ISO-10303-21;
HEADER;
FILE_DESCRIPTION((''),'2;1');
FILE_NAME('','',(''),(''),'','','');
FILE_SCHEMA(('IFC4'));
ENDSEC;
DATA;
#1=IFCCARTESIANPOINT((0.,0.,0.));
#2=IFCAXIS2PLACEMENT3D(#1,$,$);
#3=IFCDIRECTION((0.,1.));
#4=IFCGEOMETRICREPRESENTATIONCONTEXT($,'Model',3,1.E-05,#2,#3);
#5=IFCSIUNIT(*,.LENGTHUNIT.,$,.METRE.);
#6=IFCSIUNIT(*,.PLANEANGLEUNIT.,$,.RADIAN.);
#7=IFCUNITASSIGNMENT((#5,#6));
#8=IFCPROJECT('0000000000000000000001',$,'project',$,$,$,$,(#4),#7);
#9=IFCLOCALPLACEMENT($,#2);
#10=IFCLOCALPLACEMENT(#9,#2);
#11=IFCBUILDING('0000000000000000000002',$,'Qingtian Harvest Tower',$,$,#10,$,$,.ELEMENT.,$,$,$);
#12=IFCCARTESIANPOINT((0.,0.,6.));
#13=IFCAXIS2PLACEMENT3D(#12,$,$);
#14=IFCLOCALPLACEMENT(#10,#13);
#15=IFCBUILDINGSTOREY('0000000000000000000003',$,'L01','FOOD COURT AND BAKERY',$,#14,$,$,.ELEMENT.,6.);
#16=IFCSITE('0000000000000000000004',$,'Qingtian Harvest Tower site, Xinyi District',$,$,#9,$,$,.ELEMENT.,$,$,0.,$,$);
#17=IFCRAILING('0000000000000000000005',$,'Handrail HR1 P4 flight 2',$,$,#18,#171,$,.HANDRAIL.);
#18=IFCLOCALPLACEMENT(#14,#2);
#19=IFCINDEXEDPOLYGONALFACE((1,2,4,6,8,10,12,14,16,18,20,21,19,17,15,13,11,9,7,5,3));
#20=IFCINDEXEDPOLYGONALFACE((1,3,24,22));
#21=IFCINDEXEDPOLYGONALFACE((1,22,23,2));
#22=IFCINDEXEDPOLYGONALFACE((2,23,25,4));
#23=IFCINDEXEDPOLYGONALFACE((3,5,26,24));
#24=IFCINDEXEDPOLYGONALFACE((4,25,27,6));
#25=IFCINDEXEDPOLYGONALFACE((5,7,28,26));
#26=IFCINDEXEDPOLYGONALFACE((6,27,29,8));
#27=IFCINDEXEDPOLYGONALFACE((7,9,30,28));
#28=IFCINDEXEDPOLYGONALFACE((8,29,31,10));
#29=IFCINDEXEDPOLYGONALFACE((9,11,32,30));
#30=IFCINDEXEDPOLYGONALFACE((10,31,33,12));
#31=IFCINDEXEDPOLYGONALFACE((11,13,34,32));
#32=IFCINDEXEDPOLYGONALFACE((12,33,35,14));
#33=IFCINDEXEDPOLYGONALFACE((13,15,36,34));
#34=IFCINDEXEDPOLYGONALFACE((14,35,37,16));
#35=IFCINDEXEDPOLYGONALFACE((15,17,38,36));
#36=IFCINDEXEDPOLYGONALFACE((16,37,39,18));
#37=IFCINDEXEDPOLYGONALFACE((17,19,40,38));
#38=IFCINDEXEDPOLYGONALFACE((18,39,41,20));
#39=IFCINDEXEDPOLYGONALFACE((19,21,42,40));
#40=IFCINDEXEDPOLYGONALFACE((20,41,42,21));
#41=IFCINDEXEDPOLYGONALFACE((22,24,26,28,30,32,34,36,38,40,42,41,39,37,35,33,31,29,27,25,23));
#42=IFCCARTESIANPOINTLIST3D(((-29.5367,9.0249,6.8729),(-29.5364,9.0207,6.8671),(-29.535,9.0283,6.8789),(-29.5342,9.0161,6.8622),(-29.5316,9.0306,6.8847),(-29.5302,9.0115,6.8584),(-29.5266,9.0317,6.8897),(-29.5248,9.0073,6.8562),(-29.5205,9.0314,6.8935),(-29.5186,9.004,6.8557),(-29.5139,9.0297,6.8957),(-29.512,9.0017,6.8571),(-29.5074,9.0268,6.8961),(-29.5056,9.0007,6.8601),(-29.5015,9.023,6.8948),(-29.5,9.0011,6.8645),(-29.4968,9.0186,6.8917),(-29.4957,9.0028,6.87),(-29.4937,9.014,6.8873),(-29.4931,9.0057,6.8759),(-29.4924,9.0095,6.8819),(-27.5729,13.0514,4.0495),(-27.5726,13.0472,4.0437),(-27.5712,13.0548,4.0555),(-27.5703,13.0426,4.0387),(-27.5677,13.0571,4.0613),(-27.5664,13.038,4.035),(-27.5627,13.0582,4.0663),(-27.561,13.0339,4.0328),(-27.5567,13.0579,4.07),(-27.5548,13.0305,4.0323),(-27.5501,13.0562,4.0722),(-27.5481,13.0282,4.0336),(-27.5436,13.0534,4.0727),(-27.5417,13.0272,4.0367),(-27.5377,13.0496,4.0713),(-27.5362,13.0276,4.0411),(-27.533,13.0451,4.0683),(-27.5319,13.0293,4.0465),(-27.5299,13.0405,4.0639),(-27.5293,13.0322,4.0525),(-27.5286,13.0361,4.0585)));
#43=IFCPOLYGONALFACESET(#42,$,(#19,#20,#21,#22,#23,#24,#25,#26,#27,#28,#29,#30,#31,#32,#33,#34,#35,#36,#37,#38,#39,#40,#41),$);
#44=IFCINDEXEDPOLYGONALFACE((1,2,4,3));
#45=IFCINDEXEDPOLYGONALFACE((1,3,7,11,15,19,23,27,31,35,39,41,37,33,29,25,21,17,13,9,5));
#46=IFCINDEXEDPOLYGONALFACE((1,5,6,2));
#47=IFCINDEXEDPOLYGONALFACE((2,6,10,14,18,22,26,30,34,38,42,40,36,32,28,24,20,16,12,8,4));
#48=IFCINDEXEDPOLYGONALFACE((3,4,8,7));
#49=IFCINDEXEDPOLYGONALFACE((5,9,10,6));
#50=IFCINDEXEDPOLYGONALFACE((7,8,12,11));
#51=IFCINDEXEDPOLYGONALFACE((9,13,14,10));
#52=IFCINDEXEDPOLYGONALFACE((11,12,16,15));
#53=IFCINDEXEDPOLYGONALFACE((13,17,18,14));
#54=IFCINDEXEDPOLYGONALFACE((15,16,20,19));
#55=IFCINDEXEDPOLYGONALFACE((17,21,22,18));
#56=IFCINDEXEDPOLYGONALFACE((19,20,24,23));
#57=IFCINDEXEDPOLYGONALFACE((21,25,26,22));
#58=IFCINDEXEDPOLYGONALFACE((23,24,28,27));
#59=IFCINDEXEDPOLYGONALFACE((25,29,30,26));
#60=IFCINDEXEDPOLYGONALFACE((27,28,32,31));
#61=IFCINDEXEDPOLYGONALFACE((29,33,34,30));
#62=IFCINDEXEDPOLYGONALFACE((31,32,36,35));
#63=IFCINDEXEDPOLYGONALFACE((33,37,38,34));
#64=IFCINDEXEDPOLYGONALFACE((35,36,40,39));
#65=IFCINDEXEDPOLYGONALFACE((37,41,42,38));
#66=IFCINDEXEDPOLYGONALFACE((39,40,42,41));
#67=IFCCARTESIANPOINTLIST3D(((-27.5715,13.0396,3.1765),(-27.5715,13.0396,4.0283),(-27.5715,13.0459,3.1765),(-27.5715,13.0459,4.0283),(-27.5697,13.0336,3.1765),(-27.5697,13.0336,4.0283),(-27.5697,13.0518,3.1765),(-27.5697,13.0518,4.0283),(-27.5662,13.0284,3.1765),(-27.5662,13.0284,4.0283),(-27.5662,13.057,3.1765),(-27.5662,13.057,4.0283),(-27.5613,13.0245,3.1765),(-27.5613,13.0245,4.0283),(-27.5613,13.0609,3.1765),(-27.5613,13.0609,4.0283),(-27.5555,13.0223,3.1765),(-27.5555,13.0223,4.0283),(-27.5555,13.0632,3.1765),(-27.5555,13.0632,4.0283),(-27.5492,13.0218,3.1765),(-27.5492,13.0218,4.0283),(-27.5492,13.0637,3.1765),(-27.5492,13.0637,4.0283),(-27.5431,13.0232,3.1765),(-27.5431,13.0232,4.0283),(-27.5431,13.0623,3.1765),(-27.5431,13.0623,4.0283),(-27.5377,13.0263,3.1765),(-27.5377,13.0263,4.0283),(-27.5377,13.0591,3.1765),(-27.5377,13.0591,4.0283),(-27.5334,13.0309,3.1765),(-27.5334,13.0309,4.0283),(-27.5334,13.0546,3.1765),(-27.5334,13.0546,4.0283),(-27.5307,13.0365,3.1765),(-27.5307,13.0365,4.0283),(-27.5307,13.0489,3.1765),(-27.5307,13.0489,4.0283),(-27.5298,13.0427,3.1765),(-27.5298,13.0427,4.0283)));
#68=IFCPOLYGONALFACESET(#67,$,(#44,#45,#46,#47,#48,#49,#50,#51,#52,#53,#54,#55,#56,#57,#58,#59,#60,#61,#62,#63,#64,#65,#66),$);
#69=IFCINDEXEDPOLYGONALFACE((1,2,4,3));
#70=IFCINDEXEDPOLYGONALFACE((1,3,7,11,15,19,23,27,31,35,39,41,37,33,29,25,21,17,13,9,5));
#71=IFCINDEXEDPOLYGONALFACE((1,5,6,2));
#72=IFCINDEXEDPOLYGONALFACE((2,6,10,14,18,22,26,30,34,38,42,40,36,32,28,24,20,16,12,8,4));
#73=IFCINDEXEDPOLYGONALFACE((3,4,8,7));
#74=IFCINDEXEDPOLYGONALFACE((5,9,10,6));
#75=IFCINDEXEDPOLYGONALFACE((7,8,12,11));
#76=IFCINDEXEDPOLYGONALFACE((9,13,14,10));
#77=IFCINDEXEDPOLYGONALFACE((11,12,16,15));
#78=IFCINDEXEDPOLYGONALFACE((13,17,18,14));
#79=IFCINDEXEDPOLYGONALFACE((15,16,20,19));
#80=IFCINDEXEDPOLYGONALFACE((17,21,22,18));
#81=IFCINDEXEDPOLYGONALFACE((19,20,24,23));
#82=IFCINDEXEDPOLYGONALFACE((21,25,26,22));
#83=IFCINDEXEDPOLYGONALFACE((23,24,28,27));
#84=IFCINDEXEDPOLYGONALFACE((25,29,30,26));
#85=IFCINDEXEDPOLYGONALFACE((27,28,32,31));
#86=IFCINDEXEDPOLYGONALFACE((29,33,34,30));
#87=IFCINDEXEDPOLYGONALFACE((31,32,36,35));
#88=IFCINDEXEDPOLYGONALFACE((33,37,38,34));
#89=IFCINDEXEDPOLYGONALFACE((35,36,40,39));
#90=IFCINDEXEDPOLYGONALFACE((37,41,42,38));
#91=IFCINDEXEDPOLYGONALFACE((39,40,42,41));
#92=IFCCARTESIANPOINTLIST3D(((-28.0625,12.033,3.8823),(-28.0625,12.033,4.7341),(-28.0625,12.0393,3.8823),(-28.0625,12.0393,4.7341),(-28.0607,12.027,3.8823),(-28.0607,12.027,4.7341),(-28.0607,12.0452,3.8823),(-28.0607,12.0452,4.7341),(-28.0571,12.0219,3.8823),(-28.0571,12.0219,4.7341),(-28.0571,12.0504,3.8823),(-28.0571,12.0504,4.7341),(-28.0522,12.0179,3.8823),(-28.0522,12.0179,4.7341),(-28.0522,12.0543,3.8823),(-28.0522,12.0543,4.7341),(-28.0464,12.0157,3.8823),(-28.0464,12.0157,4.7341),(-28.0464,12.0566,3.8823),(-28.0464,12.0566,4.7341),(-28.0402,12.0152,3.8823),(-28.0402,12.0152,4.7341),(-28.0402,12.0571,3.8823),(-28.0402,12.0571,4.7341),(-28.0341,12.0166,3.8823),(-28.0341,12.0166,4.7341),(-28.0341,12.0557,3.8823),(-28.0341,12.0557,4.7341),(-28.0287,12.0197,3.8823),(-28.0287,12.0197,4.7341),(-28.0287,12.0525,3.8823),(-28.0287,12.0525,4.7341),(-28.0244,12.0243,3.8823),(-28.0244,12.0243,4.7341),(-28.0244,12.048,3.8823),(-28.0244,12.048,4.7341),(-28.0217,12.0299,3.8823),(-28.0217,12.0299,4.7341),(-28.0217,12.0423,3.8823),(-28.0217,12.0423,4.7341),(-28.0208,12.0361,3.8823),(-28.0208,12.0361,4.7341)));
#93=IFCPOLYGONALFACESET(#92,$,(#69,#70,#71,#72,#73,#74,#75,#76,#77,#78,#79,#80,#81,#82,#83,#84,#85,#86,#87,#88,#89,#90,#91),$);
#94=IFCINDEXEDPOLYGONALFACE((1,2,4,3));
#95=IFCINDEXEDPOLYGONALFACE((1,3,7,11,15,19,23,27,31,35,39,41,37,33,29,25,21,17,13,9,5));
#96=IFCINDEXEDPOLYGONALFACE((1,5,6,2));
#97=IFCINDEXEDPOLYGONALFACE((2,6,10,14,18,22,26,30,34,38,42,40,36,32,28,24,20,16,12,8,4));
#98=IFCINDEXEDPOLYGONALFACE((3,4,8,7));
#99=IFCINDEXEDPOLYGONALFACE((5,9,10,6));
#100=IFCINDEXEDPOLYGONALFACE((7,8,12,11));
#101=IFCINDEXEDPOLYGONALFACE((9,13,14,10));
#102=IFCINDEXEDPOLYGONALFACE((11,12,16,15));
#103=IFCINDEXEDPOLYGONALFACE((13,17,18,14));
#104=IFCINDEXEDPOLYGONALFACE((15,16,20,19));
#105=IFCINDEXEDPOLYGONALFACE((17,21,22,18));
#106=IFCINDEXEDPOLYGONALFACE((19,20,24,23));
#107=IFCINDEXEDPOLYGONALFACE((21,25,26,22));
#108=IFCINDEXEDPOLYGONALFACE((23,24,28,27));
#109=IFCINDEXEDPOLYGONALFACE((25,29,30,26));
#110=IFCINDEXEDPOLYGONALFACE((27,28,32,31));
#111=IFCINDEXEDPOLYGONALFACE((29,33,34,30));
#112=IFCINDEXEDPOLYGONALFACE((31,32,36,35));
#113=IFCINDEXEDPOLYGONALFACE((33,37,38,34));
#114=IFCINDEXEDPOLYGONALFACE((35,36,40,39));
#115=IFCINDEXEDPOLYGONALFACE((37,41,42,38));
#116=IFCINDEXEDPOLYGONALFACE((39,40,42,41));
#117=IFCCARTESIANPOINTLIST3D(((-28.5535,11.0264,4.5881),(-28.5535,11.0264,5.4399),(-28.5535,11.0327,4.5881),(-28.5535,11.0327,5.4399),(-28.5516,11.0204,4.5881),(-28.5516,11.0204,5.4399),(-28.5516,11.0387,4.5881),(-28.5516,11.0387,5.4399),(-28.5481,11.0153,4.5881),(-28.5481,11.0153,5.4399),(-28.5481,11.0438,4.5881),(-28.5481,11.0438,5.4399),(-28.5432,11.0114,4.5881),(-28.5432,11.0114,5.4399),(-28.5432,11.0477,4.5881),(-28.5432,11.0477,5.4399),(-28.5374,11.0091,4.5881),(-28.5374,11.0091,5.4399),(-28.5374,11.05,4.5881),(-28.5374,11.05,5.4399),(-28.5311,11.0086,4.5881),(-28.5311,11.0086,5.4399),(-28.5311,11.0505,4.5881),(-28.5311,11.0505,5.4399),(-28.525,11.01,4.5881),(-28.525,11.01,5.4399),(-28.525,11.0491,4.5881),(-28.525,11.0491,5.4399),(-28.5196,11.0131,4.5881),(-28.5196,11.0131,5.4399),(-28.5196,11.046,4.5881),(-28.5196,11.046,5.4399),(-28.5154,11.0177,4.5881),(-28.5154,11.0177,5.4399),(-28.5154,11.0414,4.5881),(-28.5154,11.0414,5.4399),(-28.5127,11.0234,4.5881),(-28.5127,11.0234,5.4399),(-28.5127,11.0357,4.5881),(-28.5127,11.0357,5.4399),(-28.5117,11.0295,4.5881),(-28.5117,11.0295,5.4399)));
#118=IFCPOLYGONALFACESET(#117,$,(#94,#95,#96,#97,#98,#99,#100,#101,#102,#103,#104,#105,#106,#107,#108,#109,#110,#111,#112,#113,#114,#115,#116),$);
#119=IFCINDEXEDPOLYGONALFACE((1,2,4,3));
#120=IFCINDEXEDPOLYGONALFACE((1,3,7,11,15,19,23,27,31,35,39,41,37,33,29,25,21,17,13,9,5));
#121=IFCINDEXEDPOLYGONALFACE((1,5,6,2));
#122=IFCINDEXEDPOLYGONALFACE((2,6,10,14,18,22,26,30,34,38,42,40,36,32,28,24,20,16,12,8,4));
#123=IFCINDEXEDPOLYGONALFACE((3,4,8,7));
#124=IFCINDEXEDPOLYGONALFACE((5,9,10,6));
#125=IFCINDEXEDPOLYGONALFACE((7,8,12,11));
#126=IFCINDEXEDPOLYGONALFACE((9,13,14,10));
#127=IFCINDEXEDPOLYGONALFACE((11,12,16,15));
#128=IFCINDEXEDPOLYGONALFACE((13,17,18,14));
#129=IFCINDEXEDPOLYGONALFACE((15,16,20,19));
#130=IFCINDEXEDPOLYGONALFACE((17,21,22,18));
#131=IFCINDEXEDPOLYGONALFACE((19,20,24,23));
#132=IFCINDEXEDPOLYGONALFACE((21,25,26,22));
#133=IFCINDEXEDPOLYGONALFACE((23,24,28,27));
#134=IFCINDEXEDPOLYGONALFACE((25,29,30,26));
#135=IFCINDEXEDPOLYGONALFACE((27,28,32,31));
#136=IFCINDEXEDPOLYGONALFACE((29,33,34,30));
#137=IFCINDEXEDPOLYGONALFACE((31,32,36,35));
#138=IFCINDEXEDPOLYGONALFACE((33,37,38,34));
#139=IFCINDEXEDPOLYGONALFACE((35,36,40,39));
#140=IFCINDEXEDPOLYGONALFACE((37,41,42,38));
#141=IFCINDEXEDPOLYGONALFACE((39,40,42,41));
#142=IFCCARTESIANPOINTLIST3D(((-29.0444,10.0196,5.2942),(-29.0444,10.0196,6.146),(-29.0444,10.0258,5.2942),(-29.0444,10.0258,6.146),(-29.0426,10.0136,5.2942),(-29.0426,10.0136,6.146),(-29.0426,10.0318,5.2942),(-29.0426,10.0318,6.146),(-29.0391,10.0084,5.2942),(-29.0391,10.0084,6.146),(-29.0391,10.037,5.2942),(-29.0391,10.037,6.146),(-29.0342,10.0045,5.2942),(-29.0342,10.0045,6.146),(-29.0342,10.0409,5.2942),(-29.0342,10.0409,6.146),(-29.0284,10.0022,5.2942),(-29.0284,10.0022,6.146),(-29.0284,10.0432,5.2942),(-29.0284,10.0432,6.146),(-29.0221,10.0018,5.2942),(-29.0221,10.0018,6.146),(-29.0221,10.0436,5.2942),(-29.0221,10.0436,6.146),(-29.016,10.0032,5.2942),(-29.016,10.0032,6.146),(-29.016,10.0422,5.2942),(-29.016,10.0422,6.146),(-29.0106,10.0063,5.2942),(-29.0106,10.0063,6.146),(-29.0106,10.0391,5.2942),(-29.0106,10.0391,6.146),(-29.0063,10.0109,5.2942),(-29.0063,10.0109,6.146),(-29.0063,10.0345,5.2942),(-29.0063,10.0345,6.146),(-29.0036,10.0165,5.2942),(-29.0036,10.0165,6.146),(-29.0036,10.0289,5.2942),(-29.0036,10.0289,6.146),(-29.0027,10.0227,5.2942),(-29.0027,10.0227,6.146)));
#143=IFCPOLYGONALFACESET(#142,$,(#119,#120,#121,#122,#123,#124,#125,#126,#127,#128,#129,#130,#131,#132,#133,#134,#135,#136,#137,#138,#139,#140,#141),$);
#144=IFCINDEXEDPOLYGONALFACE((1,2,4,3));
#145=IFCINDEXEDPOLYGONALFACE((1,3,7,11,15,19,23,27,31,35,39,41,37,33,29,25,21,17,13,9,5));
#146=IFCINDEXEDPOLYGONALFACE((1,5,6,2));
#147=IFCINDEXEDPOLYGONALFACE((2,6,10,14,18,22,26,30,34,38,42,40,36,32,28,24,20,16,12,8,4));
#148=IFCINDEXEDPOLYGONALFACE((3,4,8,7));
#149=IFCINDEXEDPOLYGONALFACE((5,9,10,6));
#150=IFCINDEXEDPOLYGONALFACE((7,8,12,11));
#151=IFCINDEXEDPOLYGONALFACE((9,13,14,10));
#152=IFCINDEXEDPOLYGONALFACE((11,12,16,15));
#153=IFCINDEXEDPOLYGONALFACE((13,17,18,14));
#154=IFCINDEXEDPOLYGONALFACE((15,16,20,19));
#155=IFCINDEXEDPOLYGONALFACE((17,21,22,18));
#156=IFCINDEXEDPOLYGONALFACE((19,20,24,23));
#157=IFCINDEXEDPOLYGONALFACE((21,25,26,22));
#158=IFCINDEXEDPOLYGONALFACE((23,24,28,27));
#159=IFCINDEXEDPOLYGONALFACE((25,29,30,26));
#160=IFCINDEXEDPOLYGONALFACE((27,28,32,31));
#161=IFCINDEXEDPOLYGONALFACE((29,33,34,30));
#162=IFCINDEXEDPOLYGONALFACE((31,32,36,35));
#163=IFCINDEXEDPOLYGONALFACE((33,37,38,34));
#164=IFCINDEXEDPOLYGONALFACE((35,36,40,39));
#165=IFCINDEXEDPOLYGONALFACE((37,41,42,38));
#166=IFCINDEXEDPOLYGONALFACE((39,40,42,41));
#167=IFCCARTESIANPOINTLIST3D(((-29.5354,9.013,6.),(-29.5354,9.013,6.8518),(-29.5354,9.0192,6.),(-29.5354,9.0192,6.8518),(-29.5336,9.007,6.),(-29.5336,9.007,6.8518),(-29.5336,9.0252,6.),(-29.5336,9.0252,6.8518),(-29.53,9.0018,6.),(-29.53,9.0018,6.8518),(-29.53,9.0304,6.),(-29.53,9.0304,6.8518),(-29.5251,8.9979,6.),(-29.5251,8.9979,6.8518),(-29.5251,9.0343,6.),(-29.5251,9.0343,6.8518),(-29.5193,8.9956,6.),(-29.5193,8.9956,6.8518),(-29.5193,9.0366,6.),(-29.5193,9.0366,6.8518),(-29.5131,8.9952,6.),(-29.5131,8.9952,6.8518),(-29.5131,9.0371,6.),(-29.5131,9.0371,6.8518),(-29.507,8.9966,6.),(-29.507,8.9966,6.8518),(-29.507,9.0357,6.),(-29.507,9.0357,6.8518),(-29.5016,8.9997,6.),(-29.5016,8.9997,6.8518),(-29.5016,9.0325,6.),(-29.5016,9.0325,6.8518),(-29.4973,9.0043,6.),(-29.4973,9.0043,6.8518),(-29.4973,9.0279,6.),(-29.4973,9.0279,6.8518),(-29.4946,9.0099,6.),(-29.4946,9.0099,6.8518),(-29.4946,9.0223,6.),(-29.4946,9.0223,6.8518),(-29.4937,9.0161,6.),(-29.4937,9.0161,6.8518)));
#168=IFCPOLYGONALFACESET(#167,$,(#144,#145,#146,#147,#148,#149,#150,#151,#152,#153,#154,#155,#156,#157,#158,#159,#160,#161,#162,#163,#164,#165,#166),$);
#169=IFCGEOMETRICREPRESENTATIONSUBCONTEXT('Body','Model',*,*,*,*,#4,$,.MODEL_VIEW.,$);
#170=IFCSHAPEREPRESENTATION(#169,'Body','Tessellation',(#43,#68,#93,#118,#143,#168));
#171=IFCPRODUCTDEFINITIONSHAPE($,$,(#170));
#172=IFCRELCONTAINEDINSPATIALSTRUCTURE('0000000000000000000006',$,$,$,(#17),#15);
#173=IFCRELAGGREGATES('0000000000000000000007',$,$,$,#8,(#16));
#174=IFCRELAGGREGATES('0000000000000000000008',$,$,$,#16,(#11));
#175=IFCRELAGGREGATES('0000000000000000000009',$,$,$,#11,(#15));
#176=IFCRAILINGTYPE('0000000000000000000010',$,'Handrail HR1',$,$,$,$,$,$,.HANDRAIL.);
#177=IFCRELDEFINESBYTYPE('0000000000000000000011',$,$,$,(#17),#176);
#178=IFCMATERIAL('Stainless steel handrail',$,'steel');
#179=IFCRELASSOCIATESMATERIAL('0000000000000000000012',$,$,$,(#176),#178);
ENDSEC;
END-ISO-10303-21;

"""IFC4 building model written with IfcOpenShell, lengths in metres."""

from ifc_helpers import new_model, si_unit, direction, frame, origin, origin_2d, place, context, subcontext, project, spatial, circle, extrude, material, type_object, element, save


model = new_model("IFC4")

# Units and contexts
model_context = context("Model", 3, precision=1e-05, world=origin(), true_north=direction((0.0, 1.0)))
body_context = subcontext(model_context, "Body", "Model", "MODEL_VIEW")
ifc_project = project(units=[si_unit("LENGTHUNIT", "METRE"), si_unit("PLANEANGLEUNIT", "RADIAN")], contexts=[model_context])

# Site, building, storey
site_placement = place(None, origin())
site = spatial("IfcSite", under=ifc_project, at=site_placement, Name="Qingtian Harvest Tower site, Xinyi District", CompositionType="ELEMENT", RefElevation=0.0)
building_placement = place(site_placement, origin())
building = spatial("IfcBuilding", under=site, at=building_placement, Name="Qingtian Harvest Tower", CompositionType="ELEMENT")
storey_placement = place(building_placement, frame((0.0, 0.0, 6.0)))
storey = spatial("IfcBuildingStorey", under=building, at=storey_placement, Name="L01", Description="FOOD COURT AND BAKERY", CompositionType="ELEMENT", Elevation=6.0)

# Railing
ifc_material_1 = material(Name="Stainless steel handrail", Category="steel")
railing_type = type_object("IfcRailingType", Name="Handrail HR1", PredefinedType="HANDRAIL", material=ifc_material_1)
railing_1_placement = place(storey_placement, frame((-27.5508, 13.0427, 3.1765)))
element("IfcRailing", 1, at=railing_1_placement, inside=storey, type_object=railing_type, Name="Handrail HR1 P4 flight 2", PredefinedType="HANDRAIL", context=body_context, shape_type="SweptSolid", body=[
    extrude(circle(Radius=0.0239, at=origin_2d()), frame((0.0, 0.0, 0.876), z_axis=(-0.370855, -0.760382, 0.533185), x_axis=(0.898798, -0.438364, 0.0)), (0.0, 0.0, 1.0), 5.2954),
    extrude(circle(Radius=0.021, at=origin_2d()), origin(), (0.0, 0.0, 1.0), 0.8518),
    extrude(circle(Radius=0.021, at=origin_2d()), frame((-0.491, -1.0066, 0.7058)), (0.0, 0.0, 1.0), 0.8518),
    extrude(circle(Radius=0.021, at=origin_2d()), frame((-0.9819, -2.0132, 1.4116)), (0.0, 0.0, 1.0), 0.8518),
    extrude(circle(Radius=0.021, at=origin_2d()), frame((-1.4729, -3.02, 2.1177)), (0.0, 0.0, 1.0), 0.8518),
    extrude(circle(Radius=0.021, at=origin_2d()), frame((-1.9639, -4.0266, 2.8235)), (0.0, 0.0, 1.0), 0.8518),
])

save(model, "model.ifc")
